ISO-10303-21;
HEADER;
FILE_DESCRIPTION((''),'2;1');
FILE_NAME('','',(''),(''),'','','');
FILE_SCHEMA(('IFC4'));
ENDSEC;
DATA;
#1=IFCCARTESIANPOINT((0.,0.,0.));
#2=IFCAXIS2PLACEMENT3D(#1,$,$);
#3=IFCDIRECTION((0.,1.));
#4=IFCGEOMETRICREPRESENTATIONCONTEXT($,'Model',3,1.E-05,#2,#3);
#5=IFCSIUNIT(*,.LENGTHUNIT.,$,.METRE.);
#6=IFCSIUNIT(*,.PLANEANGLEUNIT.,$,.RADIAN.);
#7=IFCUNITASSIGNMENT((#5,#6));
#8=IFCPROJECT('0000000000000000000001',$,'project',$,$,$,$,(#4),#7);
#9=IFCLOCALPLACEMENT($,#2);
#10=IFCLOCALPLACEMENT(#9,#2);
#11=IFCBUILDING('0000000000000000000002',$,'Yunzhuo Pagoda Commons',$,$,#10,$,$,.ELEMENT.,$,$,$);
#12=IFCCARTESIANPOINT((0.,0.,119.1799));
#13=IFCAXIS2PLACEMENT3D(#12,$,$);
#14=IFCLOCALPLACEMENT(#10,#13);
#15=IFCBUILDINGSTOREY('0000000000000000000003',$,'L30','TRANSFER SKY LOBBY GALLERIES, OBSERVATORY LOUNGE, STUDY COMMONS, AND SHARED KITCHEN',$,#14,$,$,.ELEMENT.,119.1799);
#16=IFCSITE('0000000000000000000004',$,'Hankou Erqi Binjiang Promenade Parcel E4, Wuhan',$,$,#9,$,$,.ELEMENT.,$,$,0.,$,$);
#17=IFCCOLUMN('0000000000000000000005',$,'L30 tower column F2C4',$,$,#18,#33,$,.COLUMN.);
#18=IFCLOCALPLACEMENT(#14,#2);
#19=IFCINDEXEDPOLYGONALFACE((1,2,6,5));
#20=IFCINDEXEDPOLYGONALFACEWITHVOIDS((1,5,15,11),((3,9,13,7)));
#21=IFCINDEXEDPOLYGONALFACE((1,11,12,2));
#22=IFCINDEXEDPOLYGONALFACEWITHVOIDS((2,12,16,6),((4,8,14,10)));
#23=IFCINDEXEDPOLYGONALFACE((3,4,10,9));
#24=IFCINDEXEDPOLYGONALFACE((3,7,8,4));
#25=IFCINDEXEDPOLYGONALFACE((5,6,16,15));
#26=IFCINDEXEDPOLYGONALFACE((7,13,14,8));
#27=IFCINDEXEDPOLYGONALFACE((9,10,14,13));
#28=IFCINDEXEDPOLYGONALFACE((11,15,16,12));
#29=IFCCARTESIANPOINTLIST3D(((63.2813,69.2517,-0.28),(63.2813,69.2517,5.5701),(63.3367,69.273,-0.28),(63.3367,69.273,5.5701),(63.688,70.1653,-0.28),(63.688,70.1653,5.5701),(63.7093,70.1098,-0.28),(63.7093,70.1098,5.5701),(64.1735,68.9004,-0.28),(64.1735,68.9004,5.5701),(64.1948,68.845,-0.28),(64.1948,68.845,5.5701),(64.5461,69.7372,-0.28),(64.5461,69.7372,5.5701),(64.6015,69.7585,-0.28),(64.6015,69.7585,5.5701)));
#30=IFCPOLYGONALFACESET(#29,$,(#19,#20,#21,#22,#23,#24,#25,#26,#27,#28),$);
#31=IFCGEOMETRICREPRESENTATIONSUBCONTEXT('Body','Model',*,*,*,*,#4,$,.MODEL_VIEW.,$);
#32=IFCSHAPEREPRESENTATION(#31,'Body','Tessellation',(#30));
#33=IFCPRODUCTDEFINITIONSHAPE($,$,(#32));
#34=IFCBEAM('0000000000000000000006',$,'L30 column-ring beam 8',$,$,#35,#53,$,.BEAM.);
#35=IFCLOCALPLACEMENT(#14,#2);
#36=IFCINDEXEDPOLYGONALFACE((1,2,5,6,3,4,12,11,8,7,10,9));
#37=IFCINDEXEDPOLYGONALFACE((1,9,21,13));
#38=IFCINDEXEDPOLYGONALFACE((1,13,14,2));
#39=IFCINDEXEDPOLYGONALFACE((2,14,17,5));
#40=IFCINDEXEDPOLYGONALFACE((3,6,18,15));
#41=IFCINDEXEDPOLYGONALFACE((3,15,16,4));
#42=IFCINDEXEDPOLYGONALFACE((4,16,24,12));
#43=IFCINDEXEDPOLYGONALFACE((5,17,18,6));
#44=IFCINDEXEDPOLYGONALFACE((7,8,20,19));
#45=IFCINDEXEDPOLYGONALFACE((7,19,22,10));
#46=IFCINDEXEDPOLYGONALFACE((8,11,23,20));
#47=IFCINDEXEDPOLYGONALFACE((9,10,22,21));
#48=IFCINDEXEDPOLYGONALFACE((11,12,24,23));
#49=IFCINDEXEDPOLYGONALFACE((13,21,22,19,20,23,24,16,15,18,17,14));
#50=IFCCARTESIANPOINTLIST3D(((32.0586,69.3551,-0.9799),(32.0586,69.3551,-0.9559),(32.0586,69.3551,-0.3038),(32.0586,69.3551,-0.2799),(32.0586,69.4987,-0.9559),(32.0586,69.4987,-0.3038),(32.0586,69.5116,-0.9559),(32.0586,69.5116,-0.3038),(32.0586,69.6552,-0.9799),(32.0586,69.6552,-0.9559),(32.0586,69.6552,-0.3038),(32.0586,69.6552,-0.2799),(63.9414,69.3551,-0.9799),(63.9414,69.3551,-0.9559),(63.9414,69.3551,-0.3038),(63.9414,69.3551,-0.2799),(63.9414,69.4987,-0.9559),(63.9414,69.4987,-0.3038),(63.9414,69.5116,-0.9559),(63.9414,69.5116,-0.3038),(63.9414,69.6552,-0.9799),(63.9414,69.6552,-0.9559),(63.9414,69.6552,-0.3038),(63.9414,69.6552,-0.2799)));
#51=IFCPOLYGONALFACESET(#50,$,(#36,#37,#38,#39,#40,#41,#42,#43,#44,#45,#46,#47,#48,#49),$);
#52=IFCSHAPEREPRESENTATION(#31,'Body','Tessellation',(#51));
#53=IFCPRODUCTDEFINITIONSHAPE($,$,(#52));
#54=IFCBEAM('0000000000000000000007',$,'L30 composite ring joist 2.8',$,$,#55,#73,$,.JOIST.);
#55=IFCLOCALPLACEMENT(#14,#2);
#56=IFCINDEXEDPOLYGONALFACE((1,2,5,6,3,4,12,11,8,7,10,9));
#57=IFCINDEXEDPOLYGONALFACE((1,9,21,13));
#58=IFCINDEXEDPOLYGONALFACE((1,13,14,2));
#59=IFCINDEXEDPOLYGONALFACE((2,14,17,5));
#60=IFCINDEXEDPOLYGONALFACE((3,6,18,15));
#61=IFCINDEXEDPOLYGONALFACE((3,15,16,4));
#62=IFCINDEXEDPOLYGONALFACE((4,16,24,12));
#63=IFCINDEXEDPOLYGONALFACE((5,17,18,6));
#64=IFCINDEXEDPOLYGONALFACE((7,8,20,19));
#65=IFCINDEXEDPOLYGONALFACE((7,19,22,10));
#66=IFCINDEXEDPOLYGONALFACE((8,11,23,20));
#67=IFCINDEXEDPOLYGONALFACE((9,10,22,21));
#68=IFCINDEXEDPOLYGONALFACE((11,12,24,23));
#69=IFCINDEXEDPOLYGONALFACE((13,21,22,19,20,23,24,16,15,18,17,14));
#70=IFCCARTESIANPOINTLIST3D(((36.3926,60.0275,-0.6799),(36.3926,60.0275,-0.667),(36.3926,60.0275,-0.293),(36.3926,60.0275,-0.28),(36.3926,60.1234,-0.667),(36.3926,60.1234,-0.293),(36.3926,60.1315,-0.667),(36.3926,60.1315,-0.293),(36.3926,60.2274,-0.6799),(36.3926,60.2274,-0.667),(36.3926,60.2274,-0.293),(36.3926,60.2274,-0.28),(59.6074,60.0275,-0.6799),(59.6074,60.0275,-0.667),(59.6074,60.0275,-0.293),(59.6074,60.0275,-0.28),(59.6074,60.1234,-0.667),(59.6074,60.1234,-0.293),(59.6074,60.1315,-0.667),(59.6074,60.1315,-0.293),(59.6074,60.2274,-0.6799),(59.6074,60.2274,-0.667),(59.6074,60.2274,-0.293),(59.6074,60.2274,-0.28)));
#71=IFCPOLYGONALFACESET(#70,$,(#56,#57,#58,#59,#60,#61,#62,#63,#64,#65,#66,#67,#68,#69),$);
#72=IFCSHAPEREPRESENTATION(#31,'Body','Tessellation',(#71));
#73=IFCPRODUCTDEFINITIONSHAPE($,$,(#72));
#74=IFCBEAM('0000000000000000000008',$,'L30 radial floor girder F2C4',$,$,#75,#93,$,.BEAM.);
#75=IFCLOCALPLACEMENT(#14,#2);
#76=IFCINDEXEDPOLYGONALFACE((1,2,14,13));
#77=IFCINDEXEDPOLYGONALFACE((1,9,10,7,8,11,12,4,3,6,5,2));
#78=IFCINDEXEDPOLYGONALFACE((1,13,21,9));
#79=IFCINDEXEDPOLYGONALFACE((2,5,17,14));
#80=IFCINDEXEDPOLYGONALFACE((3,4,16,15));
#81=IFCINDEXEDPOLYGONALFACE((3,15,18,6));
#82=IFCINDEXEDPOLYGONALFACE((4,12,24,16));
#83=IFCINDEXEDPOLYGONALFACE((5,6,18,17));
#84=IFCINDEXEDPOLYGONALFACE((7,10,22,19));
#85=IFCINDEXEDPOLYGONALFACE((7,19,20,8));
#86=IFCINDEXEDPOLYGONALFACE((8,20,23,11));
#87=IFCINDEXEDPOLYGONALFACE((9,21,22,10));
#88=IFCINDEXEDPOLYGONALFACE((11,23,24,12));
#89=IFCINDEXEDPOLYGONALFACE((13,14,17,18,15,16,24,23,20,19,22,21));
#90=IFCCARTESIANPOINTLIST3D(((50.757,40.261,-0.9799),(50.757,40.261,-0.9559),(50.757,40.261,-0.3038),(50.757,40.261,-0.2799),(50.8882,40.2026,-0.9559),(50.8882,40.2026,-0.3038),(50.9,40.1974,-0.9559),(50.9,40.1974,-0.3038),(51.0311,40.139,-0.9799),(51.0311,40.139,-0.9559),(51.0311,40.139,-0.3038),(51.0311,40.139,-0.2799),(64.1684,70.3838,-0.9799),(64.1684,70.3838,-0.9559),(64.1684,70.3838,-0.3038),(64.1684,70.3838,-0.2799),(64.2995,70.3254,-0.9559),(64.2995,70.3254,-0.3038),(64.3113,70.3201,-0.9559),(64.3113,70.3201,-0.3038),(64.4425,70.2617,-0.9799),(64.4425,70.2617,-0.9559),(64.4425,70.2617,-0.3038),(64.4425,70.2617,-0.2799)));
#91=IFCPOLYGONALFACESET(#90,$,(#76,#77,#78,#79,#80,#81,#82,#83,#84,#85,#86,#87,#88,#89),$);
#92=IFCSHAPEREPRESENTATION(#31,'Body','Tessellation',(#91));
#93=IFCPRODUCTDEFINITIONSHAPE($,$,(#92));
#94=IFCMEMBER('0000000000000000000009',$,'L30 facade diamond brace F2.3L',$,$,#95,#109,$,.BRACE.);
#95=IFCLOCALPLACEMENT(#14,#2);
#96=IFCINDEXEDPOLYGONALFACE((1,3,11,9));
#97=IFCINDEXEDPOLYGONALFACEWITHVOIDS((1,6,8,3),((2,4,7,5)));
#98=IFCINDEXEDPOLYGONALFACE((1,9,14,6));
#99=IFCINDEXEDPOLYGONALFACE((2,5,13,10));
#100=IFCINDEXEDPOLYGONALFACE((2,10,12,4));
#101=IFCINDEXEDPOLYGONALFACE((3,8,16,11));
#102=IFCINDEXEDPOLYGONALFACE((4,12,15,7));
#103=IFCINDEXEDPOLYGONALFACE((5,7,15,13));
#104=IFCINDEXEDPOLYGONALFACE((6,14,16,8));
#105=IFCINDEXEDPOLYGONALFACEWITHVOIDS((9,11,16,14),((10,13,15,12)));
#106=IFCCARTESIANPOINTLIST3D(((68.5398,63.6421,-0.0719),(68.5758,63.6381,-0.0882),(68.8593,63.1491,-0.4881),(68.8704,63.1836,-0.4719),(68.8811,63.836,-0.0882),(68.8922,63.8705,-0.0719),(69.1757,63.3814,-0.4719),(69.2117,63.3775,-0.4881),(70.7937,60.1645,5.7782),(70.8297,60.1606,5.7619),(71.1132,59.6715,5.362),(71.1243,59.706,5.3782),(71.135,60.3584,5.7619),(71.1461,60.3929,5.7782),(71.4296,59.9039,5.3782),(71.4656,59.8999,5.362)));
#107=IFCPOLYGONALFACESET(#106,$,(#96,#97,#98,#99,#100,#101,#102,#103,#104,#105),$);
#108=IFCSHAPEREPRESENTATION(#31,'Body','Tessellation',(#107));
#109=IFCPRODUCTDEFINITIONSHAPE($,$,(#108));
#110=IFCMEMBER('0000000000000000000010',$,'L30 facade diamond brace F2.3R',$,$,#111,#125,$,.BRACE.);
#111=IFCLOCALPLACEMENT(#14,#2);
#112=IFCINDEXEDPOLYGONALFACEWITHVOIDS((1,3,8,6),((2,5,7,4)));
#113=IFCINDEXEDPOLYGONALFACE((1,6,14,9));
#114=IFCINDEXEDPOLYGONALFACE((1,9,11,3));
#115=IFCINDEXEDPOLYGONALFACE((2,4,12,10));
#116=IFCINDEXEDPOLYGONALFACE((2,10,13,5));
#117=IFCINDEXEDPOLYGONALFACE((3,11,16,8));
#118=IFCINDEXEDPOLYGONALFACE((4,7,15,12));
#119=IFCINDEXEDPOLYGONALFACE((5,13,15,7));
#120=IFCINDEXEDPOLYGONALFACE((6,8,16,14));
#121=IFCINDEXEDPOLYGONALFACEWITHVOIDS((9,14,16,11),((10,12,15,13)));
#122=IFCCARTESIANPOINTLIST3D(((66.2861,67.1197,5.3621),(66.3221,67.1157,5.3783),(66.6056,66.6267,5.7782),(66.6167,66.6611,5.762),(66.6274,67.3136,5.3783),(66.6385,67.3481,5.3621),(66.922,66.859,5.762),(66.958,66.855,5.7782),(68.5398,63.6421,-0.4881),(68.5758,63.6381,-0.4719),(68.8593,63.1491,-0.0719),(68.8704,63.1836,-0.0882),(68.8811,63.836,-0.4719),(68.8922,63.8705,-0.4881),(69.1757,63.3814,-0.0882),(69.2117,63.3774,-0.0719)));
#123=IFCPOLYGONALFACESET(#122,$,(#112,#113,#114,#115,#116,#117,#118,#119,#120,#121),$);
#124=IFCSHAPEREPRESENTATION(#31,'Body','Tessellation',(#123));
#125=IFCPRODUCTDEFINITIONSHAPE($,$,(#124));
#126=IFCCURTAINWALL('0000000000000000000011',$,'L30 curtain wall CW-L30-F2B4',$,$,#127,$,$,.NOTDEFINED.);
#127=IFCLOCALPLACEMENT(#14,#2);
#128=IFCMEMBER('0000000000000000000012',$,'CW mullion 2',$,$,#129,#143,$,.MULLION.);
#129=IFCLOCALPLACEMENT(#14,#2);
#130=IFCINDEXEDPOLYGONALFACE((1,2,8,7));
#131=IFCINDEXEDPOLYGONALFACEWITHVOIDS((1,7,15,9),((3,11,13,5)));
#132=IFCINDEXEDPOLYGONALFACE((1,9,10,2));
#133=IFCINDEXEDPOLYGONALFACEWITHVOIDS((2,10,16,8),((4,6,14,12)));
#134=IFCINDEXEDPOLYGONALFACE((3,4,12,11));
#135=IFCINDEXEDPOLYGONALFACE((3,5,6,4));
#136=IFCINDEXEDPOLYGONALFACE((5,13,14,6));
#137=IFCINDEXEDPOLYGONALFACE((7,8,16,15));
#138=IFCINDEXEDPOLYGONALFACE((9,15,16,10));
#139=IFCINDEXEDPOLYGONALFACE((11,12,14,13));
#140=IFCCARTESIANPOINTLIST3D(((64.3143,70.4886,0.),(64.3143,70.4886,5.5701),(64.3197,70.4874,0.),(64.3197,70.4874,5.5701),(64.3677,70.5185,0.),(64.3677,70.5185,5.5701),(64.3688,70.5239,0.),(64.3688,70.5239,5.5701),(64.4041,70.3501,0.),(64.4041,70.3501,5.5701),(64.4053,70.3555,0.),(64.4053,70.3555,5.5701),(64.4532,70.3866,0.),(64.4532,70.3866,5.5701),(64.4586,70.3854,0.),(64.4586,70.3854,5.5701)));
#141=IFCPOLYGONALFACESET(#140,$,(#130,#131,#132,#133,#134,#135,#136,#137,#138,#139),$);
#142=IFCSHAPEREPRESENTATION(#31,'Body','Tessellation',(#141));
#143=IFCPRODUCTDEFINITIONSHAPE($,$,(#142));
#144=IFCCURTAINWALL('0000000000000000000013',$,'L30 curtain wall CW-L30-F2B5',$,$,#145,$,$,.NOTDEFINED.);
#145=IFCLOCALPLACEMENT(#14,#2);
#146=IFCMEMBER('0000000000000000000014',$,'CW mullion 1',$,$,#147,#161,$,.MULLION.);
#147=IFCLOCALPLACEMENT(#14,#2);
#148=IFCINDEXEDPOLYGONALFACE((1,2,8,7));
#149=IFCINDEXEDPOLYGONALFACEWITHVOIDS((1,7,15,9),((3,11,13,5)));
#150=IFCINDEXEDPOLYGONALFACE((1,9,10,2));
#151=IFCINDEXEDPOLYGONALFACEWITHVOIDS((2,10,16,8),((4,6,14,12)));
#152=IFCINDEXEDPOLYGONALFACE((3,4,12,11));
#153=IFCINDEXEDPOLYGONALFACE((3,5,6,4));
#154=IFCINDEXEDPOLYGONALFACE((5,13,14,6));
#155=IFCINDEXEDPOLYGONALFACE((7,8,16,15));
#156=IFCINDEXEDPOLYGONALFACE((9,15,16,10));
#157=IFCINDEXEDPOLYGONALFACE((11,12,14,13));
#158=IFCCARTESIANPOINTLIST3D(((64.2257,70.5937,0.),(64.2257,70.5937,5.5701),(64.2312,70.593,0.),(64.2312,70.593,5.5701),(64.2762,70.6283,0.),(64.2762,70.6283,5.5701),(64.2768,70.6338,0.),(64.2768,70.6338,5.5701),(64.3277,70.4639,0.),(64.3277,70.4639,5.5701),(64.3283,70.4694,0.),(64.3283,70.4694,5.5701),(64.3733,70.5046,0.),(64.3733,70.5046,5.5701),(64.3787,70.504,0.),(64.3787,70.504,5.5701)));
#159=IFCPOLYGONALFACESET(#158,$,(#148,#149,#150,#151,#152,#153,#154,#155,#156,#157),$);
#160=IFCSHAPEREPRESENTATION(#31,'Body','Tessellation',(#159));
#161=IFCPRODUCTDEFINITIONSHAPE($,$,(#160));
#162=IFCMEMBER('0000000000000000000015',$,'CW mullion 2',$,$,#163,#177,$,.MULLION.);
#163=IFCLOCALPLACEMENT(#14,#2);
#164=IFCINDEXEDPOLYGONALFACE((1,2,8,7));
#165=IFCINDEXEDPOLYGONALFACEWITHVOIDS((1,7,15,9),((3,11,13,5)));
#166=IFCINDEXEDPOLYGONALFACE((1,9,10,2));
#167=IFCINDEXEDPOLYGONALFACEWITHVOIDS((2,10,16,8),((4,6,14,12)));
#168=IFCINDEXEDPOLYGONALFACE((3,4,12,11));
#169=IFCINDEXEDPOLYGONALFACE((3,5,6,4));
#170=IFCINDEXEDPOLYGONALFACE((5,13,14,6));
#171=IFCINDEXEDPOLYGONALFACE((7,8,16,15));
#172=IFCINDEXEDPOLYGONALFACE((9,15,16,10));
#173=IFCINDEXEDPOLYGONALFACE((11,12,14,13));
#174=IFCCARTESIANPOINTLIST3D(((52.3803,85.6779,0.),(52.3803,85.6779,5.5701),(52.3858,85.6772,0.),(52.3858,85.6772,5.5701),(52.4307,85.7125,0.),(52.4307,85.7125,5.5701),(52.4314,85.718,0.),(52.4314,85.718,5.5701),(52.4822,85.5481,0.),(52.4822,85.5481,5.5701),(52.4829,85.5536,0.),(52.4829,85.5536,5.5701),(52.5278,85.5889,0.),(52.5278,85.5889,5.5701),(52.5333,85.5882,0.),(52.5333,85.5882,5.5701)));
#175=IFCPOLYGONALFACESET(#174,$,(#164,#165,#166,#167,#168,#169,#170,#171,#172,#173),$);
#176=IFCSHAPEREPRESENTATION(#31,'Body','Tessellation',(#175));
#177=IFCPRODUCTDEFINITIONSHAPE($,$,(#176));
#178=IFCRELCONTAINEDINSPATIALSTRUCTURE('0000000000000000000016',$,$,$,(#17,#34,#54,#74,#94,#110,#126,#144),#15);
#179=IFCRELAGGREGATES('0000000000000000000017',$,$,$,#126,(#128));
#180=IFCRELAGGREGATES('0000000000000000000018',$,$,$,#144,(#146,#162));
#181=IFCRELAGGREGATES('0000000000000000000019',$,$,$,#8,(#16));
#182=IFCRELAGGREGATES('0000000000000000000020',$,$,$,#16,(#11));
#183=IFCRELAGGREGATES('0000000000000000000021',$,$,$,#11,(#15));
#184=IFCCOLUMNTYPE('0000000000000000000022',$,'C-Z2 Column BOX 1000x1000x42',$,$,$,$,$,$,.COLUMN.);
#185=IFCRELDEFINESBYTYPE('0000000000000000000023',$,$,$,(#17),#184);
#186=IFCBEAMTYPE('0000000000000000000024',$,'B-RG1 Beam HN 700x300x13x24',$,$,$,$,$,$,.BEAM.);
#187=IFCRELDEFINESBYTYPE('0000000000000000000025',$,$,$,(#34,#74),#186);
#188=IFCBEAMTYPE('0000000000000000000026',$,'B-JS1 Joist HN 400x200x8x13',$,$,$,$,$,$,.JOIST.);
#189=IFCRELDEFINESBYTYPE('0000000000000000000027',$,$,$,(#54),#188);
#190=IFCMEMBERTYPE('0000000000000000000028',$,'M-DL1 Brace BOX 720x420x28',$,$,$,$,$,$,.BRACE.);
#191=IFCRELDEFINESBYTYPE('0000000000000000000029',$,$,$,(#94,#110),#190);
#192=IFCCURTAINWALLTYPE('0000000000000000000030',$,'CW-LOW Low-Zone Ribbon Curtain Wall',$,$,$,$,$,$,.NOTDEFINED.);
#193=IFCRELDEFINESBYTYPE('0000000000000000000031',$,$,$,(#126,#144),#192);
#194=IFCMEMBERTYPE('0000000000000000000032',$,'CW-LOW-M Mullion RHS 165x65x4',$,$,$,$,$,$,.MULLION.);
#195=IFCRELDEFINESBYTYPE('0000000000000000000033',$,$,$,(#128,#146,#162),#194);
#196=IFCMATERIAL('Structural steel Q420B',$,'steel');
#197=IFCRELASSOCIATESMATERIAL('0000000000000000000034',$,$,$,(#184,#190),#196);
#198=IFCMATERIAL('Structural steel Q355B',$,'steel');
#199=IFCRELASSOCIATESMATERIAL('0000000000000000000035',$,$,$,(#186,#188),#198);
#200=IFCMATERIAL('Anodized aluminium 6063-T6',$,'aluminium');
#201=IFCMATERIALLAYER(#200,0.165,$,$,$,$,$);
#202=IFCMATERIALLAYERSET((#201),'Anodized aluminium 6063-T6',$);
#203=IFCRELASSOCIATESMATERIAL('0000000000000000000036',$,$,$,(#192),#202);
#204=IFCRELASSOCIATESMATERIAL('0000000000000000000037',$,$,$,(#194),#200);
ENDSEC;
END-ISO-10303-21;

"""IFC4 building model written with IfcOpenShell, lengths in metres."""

from ifc_helpers import new_model, si_unit, direction, frame, origin, origin_2d, place, context, subcontext, project, spatial, hollow_rectangle, i_section, extrude, source, transform, mapped, material, layer, layer_set, material_profile, profile_set, type_object, element, aggregate, save


model = new_model("IFC4")

# Units and contexts
model_context = context("Model", 3, precision=1e-05, world=origin(), true_north=direction((0.0, 1.0)))
body_context = subcontext(model_context, "Body", "Model", "MODEL_VIEW")
ifc_project = project(units=[si_unit("LENGTHUNIT", "METRE"), si_unit("PLANEANGLEUNIT", "RADIAN")], contexts=[model_context])

# Site, building, storey
site_placement = place(None, origin())
site = spatial("IfcSite", under=ifc_project, at=site_placement, Name="Hankou Erqi Binjiang Promenade Parcel E4, Wuhan", CompositionType="ELEMENT", RefElevation=0.0)
building_placement = place(site_placement, origin())
building = spatial("IfcBuilding", under=site, at=building_placement, Name="Yunzhuo Pagoda Commons", CompositionType="ELEMENT")
storey_placement = place(building_placement, frame((0.0, 0.0, 119.1799)))
storey = spatial("IfcBuildingStorey", under=building, at=storey_placement, Name="L30", Description="TRANSFER SKY LOBBY GALLERIES, OBSERVATORY LOUNGE, STUDY COMMONS, AND SHARED KITCHEN", CompositionType="ELEMENT", Elevation=119.1799)

# Column
ifc_material_1 = material(Name="Structural steel Q420B", Category="steel")
ifc_material_profile_1 = material_profile(ifc_material_1, hollow_rectangle(XDim=1.0, YDim=1.0, WallThickness=0.042, at=origin_2d()), Name="Structural steel Q420B")
ifc_profile_set_1 = profile_set([ifc_material_profile_1], Name="Structural steel Q420B")
column_type = type_object("IfcColumnType", Name="C-Z2 Column BOX 1000x1000x42", PredefinedType="COLUMN", material=ifc_profile_set_1)
shared_shape_1 = source(origin(), body_context, "Body", "SweptSolid", [
    extrude(hollow_rectangle(XDim=1.0, YDim=1.0, WallThickness=0.042, at=origin_2d()), origin(), (0.0, 0.0, 1.0), 5.8501),
])
column_placement = place(storey_placement, frame((63.9414, 69.5051, -0.28), z_axis=(0.0, 0.0, 1.0), x_axis=(-0.913545, 0.406737, 0.0)))
element("IfcColumn", 1, at=column_placement, inside=storey, type_object=column_type, Name="L30 tower column F2C4", PredefinedType="COLUMN", context=body_context, shape_type="MappedRepresentation", body=[
    mapped(shared_shape_1, transform((0.0, 0.0, 0.0), scale=1.0)),
])

# Beams
ifc_material_2 = material(Name="Structural steel Q355B", Category="steel")
ifc_material_profile_2 = material_profile(ifc_material_2, i_section(OverallWidth=0.3, OverallDepth=0.7, WebThickness=0.0129, FlangeThickness=0.0239, at=origin_2d()), Name="Structural steel Q355B")
ifc_profile_set_2 = profile_set([ifc_material_profile_2], Name="Structural steel Q355B")
beam_type_1 = type_object("IfcBeamType", Name="B-RG1 Beam HN 700x300x13x24", PredefinedType="BEAM", material=ifc_profile_set_2)
shared_shape_2 = source(origin(), body_context, "Body", "SweptSolid", [
    extrude(i_section(OverallWidth=0.3, OverallDepth=0.7, WebThickness=0.0129, FlangeThickness=0.0239, at=origin_2d()), origin(), (0.0, 0.0, 1.0), 31.8828),
])
beam_1_placement = place(storey_placement, frame((63.9414, 69.5051, -0.6299), z_axis=(-1.0, 0.0, 0.0), x_axis=(0.0, -1.0, 0.0)))
element("IfcBeam", 2, at=beam_1_placement, inside=storey, type_object=beam_type_1, Name="L30 column-ring beam 8", PredefinedType="BEAM", context=body_context, shape_type="MappedRepresentation", body=[
    mapped(shared_shape_2, transform((0.0, 0.0, 0.0), scale=1.0)),
])
ifc_material_profile_3 = material_profile(ifc_material_2, i_section(OverallWidth=0.2, OverallDepth=0.3999, WebThickness=0.0081, FlangeThickness=0.0129, at=origin_2d()), Name="Structural steel Q355B")
ifc_profile_set_3 = profile_set([ifc_material_profile_3], Name="Structural steel Q355B")
beam_type_2 = type_object("IfcBeamType", Name="B-JS1 Joist HN 400x200x8x13", PredefinedType="JOIST", material=ifc_profile_set_3)
shared_shape_3 = source(origin(), body_context, "Body", "SweptSolid", [
    extrude(i_section(OverallWidth=0.2, OverallDepth=0.3999, WebThickness=0.0081, FlangeThickness=0.0129, at=origin_2d()), origin(), (0.0, 0.0, 1.0), 23.2148),
])
beam_2_placement = place(storey_placement, frame((59.6074, 60.1274, -0.48), z_axis=(-1.0, 0.0, 0.0), x_axis=(0.0, -1.0, 0.0)))
element("IfcBeam", 3, at=beam_2_placement, inside=storey, type_object=beam_type_2, Name="L30 composite ring joist 2.8", PredefinedType="JOIST", context=body_context, shape_type="MappedRepresentation", body=[
    mapped(shared_shape_3, transform((0.0, 0.0, 0.0), scale=1.0)),
])
shared_shape_4 = source(origin(), body_context, "Body", "SweptSolid", [
    extrude(i_section(OverallWidth=0.3, OverallDepth=0.7, WebThickness=0.0129, FlangeThickness=0.0239, at=origin_2d()), origin(), (0.0, 0.0, 1.0), 32.9734),
])
beam_3_placement = place(storey_placement, frame((64.3054, 70.3228, -0.6299), z_axis=(-0.406733, -0.913547, 0.0), x_axis=(0.913547, -0.406733, 0.0)))
element("IfcBeam", 4, at=beam_3_placement, inside=storey, type_object=beam_type_1, Name="L30 radial floor girder F2C4", PredefinedType="BEAM", context=body_context, shape_type="MappedRepresentation", body=[
    mapped(shared_shape_4, transform((0.0, 0.0, 0.0), scale=1.0)),
])

# Members
ifc_material_profile_4 = material_profile(ifc_material_1, hollow_rectangle(XDim=0.4199, YDim=0.72, WallThickness=0.0281, at=origin_2d()), Name="Structural steel Q420B")
ifc_profile_set_4 = profile_set([ifc_material_profile_4], Name="Structural steel Q420B")
member_type_1 = type_object("IfcMemberType", Name="M-DL1 Brace BOX 720x420x28", PredefinedType="BRACE", material=ifc_profile_set_4)
shared_shape_5 = source(origin(), body_context, "Body", "SweptSolid", [
    extrude(hollow_rectangle(XDim=0.4199, YDim=0.72, WallThickness=0.0281, at=origin_2d()), origin(), (0.0, 0.0, 1.0), 7.1692),
])
for number, where, z_axis, x_axis, name in (
    (5, (68.8757, 63.5098, -0.28), (0.314389, -0.485069, 0.816008), (0.839159, 0.543886, 0.0), "L30 facade diamond brace F2.3L"),
    (6, (68.8757, 63.5098, -0.28), (-0.314358, 0.485074, 0.816016), (-0.839186, -0.543845, 0.0), "L30 facade diamond brace F2.3R"),
):
    element("IfcMember", number, at=place(storey_placement, frame(where, z_axis=z_axis, x_axis=x_axis)), inside=storey, type_object=member_type_1, Name=name, PredefinedType="BRACE", context=body_context, shape_type="MappedRepresentation", body=[
        mapped(shared_shape_5, transform((0.0, 0.0, 0.0), scale=1.0)),
    ])

# Curtain wall, member
ifc_material_3 = material(Name="Anodized aluminium 6063-T6", Category="aluminium")
ifc_layer_1 = layer(ifc_material_3, 0.165)
ifc_layer_set_1 = layer_set([ifc_layer_1], Name="Anodized aluminium 6063-T6")
curtain_wall_type = type_object("IfcCurtainWallType", Name="CW-LOW Low-Zone Ribbon Curtain Wall", PredefinedType="NOTDEFINED", material=ifc_layer_set_1)
curtain_wall_1_placement = place(storey_placement, origin())
curtain_wall_1 = element("IfcCurtainWall", 7, at=curtain_wall_1_placement, inside=storey, type_object=curtain_wall_type, Name="L30 curtain wall CW-L30-F2B4", PredefinedType="NOTDEFINED")
ifc_material_profile_5 = material_profile(ifc_material_3, hollow_rectangle(XDim=0.0649, YDim=0.165, WallThickness=0.0039, at=origin_2d()), Name="Anodized aluminium 6063-T6")
ifc_profile_set_5 = profile_set([ifc_material_profile_5], Name="Anodized aluminium 6063-T6")
member_type_2 = type_object("IfcMemberType", Name="CW-LOW-M Mullion RHS 165x65x4", PredefinedType="MULLION", material=ifc_profile_set_5)
shared_shape_6 = source(origin(), body_context, "Body", "SweptSolid", [
    extrude(hollow_rectangle(XDim=0.0649, YDim=0.165, WallThickness=0.0039, at=origin_2d()), origin(), (0.0, 0.0, 1.0), 5.5701),
])
member_1_placement = place(storey_placement, frame((64.3865, 70.437, 0.0), z_axis=(0.0, 0.0, 1.0), x_axis=(-0.839175, -0.543862, 0.0)))
member_1 = element("IfcMember", 8, at=member_1_placement, type_object=member_type_2, Name="CW mullion 2", PredefinedType="MULLION", context=body_context, shape_type="MappedRepresentation", body=[
    mapped(shared_shape_6, transform((0.0, 0.0, 0.0), scale=1.0)),
])

# Curtain wall, members
curtain_wall_2_placement = place(storey_placement, origin())
curtain_wall_2 = element("IfcCurtainWall", 9, at=curtain_wall_2_placement, inside=storey, type_object=curtain_wall_type, Name="L30 curtain wall CW-L30-F2B5", PredefinedType="NOTDEFINED")
member_2_placement = place(storey_placement, frame((64.3022, 70.5488, 0.0), z_axis=(0.0, 0.0, 1.0), x_axis=(-0.786482, -0.617613, 0.0)))
member_2 = element("IfcMember", 10, at=member_2_placement, type_object=member_type_2, Name="CW mullion 1", PredefinedType="MULLION", context=body_context, shape_type="MappedRepresentation", body=[
    mapped(shared_shape_6, transform((0.0, 0.0, 0.0), scale=1.0)),
])
member_3_placement = place(storey_placement, frame((52.4568, 85.6331, 0.0), z_axis=(0.0, 0.0, 1.0), x_axis=(-0.786482, -0.617613, 0.0)))
member_3 = element("IfcMember", 11, at=member_3_placement, type_object=member_type_2, Name="CW mullion 2", PredefinedType="MULLION", context=body_context, shape_type="MappedRepresentation", body=[
    mapped(shared_shape_6, transform((0.0, 0.0, 0.0), scale=1.0)),
])

aggregate(curtain_wall_1, [member_1])

aggregate(curtain_wall_2, [member_2, member_3])

save(model, "model.ifc")
